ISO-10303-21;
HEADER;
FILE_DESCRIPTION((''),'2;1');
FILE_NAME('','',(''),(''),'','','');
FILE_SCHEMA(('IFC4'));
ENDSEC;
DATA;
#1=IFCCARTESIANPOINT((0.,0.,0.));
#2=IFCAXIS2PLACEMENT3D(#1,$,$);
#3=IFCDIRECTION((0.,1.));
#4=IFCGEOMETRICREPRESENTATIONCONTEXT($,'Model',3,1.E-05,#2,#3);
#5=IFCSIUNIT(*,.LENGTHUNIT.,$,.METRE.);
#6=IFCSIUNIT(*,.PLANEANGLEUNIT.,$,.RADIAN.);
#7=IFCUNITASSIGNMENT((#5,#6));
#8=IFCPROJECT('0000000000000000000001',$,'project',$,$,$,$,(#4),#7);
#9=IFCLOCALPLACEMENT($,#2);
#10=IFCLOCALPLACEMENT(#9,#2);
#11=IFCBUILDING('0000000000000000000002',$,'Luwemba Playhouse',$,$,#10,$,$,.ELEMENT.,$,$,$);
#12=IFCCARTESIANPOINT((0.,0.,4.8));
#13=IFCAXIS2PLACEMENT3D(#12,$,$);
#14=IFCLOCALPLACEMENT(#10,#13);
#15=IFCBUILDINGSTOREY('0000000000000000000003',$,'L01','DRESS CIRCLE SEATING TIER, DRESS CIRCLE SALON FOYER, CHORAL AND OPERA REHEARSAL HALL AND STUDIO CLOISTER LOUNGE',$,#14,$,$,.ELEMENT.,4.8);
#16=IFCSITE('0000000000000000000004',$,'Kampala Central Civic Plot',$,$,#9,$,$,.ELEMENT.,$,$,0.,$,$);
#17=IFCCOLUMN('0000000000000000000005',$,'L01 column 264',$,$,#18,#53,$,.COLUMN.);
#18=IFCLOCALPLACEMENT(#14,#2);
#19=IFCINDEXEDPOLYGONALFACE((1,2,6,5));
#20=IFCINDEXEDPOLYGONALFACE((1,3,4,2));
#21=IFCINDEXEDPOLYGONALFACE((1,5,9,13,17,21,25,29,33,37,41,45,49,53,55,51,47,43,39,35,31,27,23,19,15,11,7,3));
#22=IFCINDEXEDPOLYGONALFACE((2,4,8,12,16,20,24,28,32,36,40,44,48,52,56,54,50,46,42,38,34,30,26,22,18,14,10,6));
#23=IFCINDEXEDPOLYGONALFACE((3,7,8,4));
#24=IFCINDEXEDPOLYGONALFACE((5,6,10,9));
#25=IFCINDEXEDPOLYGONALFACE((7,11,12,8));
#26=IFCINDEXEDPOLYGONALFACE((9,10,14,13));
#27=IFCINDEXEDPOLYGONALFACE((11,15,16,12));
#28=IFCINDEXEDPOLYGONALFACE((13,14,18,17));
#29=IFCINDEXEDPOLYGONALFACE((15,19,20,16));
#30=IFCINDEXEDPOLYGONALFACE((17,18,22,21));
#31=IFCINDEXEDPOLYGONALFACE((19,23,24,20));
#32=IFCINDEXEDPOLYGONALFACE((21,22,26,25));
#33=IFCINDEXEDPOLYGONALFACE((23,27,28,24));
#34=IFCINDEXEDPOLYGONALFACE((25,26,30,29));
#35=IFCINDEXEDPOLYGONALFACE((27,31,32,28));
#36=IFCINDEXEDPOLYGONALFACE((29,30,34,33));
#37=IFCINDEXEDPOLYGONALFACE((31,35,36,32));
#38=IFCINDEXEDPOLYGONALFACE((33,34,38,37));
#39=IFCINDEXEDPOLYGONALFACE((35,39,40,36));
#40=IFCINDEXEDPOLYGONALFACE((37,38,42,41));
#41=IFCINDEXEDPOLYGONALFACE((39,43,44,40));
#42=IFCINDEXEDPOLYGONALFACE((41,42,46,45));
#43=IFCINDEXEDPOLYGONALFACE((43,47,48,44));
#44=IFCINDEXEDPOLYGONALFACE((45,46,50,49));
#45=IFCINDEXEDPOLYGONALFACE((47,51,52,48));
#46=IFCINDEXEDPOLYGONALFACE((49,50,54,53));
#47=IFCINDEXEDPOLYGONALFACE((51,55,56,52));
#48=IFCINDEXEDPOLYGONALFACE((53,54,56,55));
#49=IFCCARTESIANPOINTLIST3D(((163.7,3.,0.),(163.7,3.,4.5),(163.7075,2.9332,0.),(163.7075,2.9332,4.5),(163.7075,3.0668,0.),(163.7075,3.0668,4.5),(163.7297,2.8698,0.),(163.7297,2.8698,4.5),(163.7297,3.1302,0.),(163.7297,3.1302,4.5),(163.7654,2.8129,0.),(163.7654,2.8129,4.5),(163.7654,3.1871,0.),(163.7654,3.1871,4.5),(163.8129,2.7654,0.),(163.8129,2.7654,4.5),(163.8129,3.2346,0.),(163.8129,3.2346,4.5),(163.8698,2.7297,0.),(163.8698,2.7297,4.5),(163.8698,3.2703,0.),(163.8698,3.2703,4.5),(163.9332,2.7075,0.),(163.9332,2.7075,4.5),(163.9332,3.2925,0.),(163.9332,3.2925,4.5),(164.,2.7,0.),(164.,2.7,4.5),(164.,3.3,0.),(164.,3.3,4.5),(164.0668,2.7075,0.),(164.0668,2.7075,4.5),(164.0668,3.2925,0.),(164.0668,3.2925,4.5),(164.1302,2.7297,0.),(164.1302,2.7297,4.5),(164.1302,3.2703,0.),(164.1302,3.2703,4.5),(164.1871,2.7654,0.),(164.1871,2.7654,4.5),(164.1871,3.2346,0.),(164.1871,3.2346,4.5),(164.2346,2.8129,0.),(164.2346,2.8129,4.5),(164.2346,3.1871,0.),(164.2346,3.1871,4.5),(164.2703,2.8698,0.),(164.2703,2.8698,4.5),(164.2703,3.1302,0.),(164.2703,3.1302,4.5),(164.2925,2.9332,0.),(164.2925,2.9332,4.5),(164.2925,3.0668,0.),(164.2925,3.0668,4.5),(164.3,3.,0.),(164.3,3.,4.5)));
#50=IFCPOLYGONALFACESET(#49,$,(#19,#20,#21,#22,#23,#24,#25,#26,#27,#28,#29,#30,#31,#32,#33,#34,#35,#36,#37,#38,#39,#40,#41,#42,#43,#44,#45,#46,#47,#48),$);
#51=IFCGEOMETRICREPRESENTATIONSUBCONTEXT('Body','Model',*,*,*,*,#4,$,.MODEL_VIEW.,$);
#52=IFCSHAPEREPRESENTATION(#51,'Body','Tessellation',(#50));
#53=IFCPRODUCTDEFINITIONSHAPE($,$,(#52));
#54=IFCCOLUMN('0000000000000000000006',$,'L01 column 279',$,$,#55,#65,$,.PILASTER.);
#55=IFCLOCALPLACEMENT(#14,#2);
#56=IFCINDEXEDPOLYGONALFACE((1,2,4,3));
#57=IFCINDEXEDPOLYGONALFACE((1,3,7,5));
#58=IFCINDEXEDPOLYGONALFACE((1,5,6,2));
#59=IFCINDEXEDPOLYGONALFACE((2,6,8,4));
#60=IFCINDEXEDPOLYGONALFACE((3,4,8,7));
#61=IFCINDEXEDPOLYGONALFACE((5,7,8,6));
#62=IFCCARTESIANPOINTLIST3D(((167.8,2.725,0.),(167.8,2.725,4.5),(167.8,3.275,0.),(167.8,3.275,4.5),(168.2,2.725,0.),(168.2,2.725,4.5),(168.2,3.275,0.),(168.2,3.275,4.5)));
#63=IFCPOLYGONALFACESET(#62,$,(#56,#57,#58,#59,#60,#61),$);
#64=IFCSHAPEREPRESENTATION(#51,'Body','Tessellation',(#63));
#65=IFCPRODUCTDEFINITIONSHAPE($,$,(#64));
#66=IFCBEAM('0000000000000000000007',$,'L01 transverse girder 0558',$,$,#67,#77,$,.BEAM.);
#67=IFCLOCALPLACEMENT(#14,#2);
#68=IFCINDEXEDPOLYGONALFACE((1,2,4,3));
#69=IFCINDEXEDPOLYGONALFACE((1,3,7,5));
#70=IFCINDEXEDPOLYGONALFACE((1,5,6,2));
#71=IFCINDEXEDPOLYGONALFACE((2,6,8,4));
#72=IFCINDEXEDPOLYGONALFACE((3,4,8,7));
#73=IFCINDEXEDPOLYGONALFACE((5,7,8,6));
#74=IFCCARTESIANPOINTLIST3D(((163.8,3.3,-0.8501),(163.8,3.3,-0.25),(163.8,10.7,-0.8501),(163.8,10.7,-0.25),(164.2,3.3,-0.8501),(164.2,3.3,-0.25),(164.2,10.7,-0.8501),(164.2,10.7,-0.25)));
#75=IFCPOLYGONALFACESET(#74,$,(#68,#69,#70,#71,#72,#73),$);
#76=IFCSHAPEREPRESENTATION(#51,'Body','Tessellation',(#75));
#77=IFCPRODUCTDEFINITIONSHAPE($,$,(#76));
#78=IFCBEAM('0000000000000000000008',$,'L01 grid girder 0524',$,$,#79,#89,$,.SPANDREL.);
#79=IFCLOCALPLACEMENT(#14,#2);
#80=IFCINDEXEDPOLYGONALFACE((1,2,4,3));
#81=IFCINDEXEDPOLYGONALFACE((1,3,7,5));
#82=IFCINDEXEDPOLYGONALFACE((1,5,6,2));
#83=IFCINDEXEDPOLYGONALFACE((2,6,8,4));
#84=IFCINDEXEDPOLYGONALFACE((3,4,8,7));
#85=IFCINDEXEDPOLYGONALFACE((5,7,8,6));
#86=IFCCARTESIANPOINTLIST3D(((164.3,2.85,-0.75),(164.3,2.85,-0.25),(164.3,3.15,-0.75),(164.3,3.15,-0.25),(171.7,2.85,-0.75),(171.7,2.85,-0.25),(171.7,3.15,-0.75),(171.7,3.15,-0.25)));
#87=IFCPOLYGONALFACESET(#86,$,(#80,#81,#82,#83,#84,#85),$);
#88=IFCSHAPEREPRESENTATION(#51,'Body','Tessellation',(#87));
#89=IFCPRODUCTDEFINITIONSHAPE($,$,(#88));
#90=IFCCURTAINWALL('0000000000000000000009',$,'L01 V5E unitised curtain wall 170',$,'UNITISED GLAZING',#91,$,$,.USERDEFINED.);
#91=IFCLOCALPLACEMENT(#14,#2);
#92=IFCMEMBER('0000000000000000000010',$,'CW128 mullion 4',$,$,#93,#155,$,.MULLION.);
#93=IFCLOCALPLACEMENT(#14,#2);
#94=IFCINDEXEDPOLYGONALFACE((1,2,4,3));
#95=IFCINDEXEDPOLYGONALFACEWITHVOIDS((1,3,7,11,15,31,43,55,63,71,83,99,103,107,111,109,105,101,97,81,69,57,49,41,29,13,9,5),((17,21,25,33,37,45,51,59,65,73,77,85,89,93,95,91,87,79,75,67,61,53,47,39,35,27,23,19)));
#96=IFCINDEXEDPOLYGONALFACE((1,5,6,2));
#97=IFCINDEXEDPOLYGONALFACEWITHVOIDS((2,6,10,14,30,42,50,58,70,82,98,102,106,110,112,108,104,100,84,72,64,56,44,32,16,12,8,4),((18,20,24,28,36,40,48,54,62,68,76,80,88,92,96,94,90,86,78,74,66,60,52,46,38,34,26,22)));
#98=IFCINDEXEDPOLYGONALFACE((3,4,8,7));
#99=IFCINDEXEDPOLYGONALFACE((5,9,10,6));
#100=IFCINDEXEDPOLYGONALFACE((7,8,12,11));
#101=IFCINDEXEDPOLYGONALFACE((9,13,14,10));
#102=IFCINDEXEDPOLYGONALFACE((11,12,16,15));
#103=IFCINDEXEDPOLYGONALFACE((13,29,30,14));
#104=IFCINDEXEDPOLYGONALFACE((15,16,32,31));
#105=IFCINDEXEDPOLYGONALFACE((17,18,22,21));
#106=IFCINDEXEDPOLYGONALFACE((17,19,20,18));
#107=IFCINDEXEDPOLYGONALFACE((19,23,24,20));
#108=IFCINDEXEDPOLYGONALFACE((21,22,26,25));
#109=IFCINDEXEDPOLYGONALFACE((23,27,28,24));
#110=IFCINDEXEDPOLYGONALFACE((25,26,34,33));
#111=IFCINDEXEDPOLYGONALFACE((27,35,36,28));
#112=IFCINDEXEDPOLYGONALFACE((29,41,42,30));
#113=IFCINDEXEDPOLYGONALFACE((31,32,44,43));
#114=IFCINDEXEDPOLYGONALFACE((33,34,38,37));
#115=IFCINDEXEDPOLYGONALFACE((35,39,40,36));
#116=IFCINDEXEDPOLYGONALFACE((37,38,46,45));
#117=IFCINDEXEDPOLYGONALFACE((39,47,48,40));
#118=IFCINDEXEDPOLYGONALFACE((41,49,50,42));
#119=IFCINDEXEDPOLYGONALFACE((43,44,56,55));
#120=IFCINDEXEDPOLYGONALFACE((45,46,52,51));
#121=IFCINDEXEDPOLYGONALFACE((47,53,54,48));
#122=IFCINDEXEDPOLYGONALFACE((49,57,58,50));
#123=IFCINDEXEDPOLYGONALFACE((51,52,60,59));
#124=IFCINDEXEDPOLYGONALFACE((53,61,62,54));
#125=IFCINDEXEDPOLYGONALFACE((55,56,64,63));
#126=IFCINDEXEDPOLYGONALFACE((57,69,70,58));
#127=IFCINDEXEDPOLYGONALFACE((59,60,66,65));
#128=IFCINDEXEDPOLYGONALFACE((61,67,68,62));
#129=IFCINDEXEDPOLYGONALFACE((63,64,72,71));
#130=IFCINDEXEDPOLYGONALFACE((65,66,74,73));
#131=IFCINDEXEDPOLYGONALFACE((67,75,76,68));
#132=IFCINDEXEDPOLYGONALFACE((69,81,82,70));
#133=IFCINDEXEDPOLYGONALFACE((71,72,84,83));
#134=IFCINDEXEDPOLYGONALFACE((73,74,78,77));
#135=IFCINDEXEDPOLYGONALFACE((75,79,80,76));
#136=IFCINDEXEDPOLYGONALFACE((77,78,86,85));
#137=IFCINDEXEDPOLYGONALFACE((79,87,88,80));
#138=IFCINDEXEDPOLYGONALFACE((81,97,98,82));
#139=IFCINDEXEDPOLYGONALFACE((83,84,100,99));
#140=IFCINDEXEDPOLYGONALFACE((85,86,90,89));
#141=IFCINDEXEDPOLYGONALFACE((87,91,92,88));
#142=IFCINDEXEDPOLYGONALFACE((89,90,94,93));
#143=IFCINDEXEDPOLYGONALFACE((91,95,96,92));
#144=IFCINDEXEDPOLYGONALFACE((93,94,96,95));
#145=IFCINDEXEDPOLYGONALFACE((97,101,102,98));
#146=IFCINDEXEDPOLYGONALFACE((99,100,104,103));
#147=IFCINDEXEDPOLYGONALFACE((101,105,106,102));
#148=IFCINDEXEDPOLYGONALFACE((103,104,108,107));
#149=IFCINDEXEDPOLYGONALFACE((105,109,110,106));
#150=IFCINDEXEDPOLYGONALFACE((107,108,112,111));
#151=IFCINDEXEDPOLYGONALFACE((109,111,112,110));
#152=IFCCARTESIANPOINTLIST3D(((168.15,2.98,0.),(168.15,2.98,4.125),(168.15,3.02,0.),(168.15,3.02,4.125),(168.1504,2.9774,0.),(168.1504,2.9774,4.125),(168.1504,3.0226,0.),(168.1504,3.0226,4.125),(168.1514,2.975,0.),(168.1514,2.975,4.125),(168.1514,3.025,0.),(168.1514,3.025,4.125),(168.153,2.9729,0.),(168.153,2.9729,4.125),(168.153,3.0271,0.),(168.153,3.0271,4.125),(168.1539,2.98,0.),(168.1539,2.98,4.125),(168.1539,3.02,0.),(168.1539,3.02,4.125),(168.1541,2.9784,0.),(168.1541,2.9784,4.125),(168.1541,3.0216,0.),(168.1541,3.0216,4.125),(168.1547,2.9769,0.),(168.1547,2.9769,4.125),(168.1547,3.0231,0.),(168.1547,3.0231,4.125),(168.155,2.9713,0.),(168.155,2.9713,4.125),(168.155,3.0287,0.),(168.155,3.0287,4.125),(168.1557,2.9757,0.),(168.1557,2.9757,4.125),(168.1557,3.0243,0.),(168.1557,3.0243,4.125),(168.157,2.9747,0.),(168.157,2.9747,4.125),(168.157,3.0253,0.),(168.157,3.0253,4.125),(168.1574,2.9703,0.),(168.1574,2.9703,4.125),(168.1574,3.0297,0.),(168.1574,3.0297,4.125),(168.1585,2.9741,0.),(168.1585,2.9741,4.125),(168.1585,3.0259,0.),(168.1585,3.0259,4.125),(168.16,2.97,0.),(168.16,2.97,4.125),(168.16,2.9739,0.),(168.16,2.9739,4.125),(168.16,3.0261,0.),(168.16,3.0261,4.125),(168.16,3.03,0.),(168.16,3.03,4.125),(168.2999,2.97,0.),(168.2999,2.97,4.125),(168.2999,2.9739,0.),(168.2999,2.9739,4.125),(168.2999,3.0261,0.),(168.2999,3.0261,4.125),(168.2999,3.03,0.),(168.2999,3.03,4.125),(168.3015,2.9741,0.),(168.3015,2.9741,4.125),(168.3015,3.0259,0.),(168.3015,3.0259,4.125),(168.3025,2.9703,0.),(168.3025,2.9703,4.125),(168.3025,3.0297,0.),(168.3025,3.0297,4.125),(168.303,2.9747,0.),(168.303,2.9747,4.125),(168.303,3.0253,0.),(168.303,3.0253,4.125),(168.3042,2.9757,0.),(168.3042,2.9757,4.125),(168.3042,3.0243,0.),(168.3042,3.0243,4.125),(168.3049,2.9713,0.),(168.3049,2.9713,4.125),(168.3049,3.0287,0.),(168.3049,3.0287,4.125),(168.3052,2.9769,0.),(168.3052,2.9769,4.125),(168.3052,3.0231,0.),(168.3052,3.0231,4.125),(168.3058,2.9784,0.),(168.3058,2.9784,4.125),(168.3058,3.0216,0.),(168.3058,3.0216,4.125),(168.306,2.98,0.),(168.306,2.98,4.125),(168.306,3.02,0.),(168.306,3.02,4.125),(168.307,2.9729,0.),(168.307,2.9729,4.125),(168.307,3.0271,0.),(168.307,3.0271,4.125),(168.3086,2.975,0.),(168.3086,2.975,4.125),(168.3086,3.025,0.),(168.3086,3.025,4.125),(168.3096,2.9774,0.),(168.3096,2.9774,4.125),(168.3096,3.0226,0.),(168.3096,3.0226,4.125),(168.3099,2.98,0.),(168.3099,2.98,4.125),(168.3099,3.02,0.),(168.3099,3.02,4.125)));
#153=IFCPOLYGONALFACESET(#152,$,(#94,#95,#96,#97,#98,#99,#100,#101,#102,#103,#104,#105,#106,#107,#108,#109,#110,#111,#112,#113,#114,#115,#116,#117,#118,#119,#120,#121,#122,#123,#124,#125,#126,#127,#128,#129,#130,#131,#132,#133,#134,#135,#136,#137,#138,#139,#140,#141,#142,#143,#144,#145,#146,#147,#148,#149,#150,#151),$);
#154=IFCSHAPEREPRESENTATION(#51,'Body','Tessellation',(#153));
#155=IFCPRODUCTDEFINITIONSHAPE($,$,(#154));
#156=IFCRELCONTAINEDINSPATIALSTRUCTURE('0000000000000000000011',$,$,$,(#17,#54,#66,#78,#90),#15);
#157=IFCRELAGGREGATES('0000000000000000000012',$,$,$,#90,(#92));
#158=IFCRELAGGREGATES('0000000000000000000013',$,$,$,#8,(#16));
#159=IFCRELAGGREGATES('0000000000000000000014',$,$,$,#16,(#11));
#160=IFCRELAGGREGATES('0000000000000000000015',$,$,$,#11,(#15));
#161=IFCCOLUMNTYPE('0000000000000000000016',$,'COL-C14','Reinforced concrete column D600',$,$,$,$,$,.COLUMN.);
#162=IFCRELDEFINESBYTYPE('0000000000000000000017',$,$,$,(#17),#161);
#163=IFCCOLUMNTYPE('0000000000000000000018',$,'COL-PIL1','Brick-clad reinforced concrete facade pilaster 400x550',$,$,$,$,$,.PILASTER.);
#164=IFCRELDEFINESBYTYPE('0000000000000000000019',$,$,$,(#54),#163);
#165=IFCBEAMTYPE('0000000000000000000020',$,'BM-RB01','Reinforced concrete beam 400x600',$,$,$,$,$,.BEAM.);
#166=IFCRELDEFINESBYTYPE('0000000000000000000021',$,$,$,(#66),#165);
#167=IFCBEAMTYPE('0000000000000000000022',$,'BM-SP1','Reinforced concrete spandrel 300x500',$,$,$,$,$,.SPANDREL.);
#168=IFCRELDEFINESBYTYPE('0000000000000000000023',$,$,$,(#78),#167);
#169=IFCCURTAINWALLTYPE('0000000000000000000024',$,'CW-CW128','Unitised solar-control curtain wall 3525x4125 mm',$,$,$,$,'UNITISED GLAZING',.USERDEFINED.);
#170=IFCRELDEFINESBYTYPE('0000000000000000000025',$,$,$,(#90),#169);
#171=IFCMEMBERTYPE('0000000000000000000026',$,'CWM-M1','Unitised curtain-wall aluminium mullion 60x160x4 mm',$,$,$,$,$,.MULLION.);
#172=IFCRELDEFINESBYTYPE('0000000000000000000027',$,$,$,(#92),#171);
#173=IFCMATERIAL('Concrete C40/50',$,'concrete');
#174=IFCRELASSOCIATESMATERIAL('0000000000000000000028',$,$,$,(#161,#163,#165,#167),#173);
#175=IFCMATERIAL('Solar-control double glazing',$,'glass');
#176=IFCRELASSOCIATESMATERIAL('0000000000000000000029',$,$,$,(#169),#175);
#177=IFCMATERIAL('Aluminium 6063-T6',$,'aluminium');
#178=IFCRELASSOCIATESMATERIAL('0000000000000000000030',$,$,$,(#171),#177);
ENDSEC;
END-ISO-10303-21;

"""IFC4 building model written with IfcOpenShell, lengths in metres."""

from ifc_helpers import new_model, si_unit, direction, frame, origin, origin_2d, place, context, subcontext, project, spatial, rectangle, hollow_rectangle, circle, extrude, material, material_profile, profile_set, type_object, element, aggregate, save


model = new_model("IFC4")

# Units and contexts
model_context = context("Model", 3, precision=1e-05, world=origin(), true_north=direction((0.0, 1.0)))
body_context = subcontext(model_context, "Body", "Model", "MODEL_VIEW")
ifc_project = project(units=[si_unit("LENGTHUNIT", "METRE"), si_unit("PLANEANGLEUNIT", "RADIAN")], contexts=[model_context])

# Site, building, storey
site_placement = place(None, origin())
site = spatial("IfcSite", under=ifc_project, at=site_placement, Name="Kampala Central Civic Plot", CompositionType="ELEMENT", RefElevation=0.0)
building_placement = place(site_placement, origin())
building = spatial("IfcBuilding", under=site, at=building_placement, Name="Luwemba Playhouse", CompositionType="ELEMENT")
storey_placement = place(building_placement, frame((0.0, 0.0, 4.8)))
storey = spatial("IfcBuildingStorey", under=building, at=storey_placement, Name="L01", Description="DRESS CIRCLE SEATING TIER, DRESS CIRCLE SALON FOYER, CHORAL AND OPERA REHEARSAL HALL AND STUDIO CLOISTER LOUNGE", CompositionType="ELEMENT", Elevation=4.8)

# Columns
ifc_material_1 = material(Name="Concrete C40/50", Category="concrete")
ifc_material_profile_1 = material_profile(ifc_material_1, circle(Radius=0.3, at=origin_2d()))
ifc_profile_set_1 = profile_set([ifc_material_profile_1], Name="Concrete C40/50")
column_type_1 = type_object("IfcColumnType", Name="COL-C14", Description="Reinforced concrete column D600", PredefinedType="COLUMN", material=ifc_profile_set_1)
column_1_placement = place(storey_placement, frame((164.0, 3.0, 0.0), z_axis=(0.0, 0.0, 1.0), x_axis=(1.0, 0.0, 0.0)))
element("IfcColumn", 1, at=column_1_placement, inside=storey, type_object=column_type_1, Name="L01 column 264", PredefinedType="COLUMN", context=body_context, shape_type="SweptSolid", body=[
    extrude(circle(Radius=0.3, at=origin_2d()), origin(), (0.0, 0.0, 1.0), 4.5),
])
ifc_material_profile_2 = material_profile(ifc_material_1, rectangle(XDim=0.3999, YDim=0.55, at=origin_2d()))
ifc_profile_set_2 = profile_set([ifc_material_profile_2], Name="Concrete C40/50")
column_type_2 = type_object("IfcColumnType", Name="COL-PIL1", Description="Brick-clad reinforced concrete facade pilaster 400x550", PredefinedType="PILASTER", material=ifc_profile_set_2)
column_2_placement = place(storey_placement, frame((168.0, 3.0, 0.0), z_axis=(0.0, 0.0, 1.0), x_axis=(1.0, 0.0, 0.0)))
element("IfcColumn", 2, at=column_2_placement, inside=storey, type_object=column_type_2, Name="L01 column 279", PredefinedType="PILASTER", context=body_context, shape_type="SweptSolid", body=[
    extrude(rectangle(XDim=0.3999, YDim=0.55, at=origin_2d()), origin(), (0.0, 0.0, 1.0), 4.5),
])

# Beams
ifc_material_profile_3 = material_profile(ifc_material_1, rectangle(XDim=0.3999, YDim=0.6001, at=origin_2d()))
ifc_profile_set_3 = profile_set([ifc_material_profile_3], Name="Concrete C40/50")
beam_type_1 = type_object("IfcBeamType", Name="BM-RB01", Description="Reinforced concrete beam 400x600", PredefinedType="BEAM", material=ifc_profile_set_3)
beam_1_placement = place(storey_placement, frame((164.0, 3.3, -0.55), z_axis=(0.0, 1.0, 0.0), x_axis=(-1.0, 0.0, 0.0)))
element("IfcBeam", 3, at=beam_1_placement, inside=storey, type_object=beam_type_1, Name="L01 transverse girder 0558", PredefinedType="BEAM", context=body_context, shape_type="SweptSolid", body=[
    extrude(rectangle(XDim=0.3999, YDim=0.6001, at=origin_2d()), origin(), (0.0, 0.0, 1.0), 7.3999),
])
ifc_material_profile_4 = material_profile(ifc_material_1, rectangle(XDim=0.3, YDim=0.5, at=origin_2d()))
ifc_profile_set_4 = profile_set([ifc_material_profile_4], Name="Concrete C40/50")
beam_type_2 = type_object("IfcBeamType", Name="BM-SP1", Description="Reinforced concrete spandrel 300x500", PredefinedType="SPANDREL", material=ifc_profile_set_4)
beam_2_placement = place(storey_placement, frame((164.3, 3.0, -0.5), z_axis=(1.0, 0.0, 0.0), x_axis=(0.0, 1.0, 0.0)))
element("IfcBeam", 4, at=beam_2_placement, inside=storey, type_object=beam_type_2, Name="L01 grid girder 0524", PredefinedType="SPANDREL", context=body_context, shape_type="SweptSolid", body=[
    extrude(rectangle(XDim=0.3, YDim=0.5, at=origin_2d()), origin(), (0.0, 0.0, 1.0), 7.3999),
])

# Curtain wall, member
ifc_material_2 = material(Name="Solar-control double glazing", Category="glass")
curtain_wall_type_1 = type_object("IfcCurtainWallType", Name="CW-CW128", Description="Unitised solar-control curtain wall 3525x4125 mm", ElementType="UNITISED GLAZING", PredefinedType="USERDEFINED", material=ifc_material_2)
curtain_wall_1_placement = place(storey_placement, origin())
curtain_wall_1 = element("IfcCurtainWall", 5, at=curtain_wall_1_placement, inside=storey, type_object=curtain_wall_type_1, Name="L01 V5E unitised curtain wall 170", ObjectType="UNITISED GLAZING", PredefinedType="USERDEFINED")
ifc_material_3 = material(Name="Aluminium 6063-T6", Category="aluminium")
ifc_material_profile_5 = material_profile(ifc_material_3, hollow_rectangle(XDim=0.0601, YDim=0.1599, WallThickness=0.0039, InnerFilletRadius=0.0061, OuterFilletRadius=0.01, at=origin_2d()))
ifc_profile_set_5 = profile_set([ifc_material_profile_5], Name="Aluminium 6063-T6")
member_type_1 = type_object("IfcMemberType", Name="CWM-M1", Description="Unitised curtain-wall aluminium mullion 60x160x4 mm", PredefinedType="MULLION", material=ifc_profile_set_5)
member_1_placement = place(storey_placement, frame((168.23, 3.0, 0.0), z_axis=(0.0, 0.0, 1.0), x_axis=(0.0, -1.0, 0.0)))
member_1 = element("IfcMember", 6, at=member_1_placement, type_object=member_type_1, Name="CW128 mullion 4", PredefinedType="MULLION", context=body_context, shape_type="SweptSolid", body=[
    extrude(hollow_rectangle(XDim=0.0601, YDim=0.1599, WallThickness=0.0039, InnerFilletRadius=0.0061, OuterFilletRadius=0.01, at=origin_2d()), origin(), (0.0, 0.0, 1.0), 4.125),
])

aggregate(curtain_wall_1, [member_1])

save(model, "model.ifc")
